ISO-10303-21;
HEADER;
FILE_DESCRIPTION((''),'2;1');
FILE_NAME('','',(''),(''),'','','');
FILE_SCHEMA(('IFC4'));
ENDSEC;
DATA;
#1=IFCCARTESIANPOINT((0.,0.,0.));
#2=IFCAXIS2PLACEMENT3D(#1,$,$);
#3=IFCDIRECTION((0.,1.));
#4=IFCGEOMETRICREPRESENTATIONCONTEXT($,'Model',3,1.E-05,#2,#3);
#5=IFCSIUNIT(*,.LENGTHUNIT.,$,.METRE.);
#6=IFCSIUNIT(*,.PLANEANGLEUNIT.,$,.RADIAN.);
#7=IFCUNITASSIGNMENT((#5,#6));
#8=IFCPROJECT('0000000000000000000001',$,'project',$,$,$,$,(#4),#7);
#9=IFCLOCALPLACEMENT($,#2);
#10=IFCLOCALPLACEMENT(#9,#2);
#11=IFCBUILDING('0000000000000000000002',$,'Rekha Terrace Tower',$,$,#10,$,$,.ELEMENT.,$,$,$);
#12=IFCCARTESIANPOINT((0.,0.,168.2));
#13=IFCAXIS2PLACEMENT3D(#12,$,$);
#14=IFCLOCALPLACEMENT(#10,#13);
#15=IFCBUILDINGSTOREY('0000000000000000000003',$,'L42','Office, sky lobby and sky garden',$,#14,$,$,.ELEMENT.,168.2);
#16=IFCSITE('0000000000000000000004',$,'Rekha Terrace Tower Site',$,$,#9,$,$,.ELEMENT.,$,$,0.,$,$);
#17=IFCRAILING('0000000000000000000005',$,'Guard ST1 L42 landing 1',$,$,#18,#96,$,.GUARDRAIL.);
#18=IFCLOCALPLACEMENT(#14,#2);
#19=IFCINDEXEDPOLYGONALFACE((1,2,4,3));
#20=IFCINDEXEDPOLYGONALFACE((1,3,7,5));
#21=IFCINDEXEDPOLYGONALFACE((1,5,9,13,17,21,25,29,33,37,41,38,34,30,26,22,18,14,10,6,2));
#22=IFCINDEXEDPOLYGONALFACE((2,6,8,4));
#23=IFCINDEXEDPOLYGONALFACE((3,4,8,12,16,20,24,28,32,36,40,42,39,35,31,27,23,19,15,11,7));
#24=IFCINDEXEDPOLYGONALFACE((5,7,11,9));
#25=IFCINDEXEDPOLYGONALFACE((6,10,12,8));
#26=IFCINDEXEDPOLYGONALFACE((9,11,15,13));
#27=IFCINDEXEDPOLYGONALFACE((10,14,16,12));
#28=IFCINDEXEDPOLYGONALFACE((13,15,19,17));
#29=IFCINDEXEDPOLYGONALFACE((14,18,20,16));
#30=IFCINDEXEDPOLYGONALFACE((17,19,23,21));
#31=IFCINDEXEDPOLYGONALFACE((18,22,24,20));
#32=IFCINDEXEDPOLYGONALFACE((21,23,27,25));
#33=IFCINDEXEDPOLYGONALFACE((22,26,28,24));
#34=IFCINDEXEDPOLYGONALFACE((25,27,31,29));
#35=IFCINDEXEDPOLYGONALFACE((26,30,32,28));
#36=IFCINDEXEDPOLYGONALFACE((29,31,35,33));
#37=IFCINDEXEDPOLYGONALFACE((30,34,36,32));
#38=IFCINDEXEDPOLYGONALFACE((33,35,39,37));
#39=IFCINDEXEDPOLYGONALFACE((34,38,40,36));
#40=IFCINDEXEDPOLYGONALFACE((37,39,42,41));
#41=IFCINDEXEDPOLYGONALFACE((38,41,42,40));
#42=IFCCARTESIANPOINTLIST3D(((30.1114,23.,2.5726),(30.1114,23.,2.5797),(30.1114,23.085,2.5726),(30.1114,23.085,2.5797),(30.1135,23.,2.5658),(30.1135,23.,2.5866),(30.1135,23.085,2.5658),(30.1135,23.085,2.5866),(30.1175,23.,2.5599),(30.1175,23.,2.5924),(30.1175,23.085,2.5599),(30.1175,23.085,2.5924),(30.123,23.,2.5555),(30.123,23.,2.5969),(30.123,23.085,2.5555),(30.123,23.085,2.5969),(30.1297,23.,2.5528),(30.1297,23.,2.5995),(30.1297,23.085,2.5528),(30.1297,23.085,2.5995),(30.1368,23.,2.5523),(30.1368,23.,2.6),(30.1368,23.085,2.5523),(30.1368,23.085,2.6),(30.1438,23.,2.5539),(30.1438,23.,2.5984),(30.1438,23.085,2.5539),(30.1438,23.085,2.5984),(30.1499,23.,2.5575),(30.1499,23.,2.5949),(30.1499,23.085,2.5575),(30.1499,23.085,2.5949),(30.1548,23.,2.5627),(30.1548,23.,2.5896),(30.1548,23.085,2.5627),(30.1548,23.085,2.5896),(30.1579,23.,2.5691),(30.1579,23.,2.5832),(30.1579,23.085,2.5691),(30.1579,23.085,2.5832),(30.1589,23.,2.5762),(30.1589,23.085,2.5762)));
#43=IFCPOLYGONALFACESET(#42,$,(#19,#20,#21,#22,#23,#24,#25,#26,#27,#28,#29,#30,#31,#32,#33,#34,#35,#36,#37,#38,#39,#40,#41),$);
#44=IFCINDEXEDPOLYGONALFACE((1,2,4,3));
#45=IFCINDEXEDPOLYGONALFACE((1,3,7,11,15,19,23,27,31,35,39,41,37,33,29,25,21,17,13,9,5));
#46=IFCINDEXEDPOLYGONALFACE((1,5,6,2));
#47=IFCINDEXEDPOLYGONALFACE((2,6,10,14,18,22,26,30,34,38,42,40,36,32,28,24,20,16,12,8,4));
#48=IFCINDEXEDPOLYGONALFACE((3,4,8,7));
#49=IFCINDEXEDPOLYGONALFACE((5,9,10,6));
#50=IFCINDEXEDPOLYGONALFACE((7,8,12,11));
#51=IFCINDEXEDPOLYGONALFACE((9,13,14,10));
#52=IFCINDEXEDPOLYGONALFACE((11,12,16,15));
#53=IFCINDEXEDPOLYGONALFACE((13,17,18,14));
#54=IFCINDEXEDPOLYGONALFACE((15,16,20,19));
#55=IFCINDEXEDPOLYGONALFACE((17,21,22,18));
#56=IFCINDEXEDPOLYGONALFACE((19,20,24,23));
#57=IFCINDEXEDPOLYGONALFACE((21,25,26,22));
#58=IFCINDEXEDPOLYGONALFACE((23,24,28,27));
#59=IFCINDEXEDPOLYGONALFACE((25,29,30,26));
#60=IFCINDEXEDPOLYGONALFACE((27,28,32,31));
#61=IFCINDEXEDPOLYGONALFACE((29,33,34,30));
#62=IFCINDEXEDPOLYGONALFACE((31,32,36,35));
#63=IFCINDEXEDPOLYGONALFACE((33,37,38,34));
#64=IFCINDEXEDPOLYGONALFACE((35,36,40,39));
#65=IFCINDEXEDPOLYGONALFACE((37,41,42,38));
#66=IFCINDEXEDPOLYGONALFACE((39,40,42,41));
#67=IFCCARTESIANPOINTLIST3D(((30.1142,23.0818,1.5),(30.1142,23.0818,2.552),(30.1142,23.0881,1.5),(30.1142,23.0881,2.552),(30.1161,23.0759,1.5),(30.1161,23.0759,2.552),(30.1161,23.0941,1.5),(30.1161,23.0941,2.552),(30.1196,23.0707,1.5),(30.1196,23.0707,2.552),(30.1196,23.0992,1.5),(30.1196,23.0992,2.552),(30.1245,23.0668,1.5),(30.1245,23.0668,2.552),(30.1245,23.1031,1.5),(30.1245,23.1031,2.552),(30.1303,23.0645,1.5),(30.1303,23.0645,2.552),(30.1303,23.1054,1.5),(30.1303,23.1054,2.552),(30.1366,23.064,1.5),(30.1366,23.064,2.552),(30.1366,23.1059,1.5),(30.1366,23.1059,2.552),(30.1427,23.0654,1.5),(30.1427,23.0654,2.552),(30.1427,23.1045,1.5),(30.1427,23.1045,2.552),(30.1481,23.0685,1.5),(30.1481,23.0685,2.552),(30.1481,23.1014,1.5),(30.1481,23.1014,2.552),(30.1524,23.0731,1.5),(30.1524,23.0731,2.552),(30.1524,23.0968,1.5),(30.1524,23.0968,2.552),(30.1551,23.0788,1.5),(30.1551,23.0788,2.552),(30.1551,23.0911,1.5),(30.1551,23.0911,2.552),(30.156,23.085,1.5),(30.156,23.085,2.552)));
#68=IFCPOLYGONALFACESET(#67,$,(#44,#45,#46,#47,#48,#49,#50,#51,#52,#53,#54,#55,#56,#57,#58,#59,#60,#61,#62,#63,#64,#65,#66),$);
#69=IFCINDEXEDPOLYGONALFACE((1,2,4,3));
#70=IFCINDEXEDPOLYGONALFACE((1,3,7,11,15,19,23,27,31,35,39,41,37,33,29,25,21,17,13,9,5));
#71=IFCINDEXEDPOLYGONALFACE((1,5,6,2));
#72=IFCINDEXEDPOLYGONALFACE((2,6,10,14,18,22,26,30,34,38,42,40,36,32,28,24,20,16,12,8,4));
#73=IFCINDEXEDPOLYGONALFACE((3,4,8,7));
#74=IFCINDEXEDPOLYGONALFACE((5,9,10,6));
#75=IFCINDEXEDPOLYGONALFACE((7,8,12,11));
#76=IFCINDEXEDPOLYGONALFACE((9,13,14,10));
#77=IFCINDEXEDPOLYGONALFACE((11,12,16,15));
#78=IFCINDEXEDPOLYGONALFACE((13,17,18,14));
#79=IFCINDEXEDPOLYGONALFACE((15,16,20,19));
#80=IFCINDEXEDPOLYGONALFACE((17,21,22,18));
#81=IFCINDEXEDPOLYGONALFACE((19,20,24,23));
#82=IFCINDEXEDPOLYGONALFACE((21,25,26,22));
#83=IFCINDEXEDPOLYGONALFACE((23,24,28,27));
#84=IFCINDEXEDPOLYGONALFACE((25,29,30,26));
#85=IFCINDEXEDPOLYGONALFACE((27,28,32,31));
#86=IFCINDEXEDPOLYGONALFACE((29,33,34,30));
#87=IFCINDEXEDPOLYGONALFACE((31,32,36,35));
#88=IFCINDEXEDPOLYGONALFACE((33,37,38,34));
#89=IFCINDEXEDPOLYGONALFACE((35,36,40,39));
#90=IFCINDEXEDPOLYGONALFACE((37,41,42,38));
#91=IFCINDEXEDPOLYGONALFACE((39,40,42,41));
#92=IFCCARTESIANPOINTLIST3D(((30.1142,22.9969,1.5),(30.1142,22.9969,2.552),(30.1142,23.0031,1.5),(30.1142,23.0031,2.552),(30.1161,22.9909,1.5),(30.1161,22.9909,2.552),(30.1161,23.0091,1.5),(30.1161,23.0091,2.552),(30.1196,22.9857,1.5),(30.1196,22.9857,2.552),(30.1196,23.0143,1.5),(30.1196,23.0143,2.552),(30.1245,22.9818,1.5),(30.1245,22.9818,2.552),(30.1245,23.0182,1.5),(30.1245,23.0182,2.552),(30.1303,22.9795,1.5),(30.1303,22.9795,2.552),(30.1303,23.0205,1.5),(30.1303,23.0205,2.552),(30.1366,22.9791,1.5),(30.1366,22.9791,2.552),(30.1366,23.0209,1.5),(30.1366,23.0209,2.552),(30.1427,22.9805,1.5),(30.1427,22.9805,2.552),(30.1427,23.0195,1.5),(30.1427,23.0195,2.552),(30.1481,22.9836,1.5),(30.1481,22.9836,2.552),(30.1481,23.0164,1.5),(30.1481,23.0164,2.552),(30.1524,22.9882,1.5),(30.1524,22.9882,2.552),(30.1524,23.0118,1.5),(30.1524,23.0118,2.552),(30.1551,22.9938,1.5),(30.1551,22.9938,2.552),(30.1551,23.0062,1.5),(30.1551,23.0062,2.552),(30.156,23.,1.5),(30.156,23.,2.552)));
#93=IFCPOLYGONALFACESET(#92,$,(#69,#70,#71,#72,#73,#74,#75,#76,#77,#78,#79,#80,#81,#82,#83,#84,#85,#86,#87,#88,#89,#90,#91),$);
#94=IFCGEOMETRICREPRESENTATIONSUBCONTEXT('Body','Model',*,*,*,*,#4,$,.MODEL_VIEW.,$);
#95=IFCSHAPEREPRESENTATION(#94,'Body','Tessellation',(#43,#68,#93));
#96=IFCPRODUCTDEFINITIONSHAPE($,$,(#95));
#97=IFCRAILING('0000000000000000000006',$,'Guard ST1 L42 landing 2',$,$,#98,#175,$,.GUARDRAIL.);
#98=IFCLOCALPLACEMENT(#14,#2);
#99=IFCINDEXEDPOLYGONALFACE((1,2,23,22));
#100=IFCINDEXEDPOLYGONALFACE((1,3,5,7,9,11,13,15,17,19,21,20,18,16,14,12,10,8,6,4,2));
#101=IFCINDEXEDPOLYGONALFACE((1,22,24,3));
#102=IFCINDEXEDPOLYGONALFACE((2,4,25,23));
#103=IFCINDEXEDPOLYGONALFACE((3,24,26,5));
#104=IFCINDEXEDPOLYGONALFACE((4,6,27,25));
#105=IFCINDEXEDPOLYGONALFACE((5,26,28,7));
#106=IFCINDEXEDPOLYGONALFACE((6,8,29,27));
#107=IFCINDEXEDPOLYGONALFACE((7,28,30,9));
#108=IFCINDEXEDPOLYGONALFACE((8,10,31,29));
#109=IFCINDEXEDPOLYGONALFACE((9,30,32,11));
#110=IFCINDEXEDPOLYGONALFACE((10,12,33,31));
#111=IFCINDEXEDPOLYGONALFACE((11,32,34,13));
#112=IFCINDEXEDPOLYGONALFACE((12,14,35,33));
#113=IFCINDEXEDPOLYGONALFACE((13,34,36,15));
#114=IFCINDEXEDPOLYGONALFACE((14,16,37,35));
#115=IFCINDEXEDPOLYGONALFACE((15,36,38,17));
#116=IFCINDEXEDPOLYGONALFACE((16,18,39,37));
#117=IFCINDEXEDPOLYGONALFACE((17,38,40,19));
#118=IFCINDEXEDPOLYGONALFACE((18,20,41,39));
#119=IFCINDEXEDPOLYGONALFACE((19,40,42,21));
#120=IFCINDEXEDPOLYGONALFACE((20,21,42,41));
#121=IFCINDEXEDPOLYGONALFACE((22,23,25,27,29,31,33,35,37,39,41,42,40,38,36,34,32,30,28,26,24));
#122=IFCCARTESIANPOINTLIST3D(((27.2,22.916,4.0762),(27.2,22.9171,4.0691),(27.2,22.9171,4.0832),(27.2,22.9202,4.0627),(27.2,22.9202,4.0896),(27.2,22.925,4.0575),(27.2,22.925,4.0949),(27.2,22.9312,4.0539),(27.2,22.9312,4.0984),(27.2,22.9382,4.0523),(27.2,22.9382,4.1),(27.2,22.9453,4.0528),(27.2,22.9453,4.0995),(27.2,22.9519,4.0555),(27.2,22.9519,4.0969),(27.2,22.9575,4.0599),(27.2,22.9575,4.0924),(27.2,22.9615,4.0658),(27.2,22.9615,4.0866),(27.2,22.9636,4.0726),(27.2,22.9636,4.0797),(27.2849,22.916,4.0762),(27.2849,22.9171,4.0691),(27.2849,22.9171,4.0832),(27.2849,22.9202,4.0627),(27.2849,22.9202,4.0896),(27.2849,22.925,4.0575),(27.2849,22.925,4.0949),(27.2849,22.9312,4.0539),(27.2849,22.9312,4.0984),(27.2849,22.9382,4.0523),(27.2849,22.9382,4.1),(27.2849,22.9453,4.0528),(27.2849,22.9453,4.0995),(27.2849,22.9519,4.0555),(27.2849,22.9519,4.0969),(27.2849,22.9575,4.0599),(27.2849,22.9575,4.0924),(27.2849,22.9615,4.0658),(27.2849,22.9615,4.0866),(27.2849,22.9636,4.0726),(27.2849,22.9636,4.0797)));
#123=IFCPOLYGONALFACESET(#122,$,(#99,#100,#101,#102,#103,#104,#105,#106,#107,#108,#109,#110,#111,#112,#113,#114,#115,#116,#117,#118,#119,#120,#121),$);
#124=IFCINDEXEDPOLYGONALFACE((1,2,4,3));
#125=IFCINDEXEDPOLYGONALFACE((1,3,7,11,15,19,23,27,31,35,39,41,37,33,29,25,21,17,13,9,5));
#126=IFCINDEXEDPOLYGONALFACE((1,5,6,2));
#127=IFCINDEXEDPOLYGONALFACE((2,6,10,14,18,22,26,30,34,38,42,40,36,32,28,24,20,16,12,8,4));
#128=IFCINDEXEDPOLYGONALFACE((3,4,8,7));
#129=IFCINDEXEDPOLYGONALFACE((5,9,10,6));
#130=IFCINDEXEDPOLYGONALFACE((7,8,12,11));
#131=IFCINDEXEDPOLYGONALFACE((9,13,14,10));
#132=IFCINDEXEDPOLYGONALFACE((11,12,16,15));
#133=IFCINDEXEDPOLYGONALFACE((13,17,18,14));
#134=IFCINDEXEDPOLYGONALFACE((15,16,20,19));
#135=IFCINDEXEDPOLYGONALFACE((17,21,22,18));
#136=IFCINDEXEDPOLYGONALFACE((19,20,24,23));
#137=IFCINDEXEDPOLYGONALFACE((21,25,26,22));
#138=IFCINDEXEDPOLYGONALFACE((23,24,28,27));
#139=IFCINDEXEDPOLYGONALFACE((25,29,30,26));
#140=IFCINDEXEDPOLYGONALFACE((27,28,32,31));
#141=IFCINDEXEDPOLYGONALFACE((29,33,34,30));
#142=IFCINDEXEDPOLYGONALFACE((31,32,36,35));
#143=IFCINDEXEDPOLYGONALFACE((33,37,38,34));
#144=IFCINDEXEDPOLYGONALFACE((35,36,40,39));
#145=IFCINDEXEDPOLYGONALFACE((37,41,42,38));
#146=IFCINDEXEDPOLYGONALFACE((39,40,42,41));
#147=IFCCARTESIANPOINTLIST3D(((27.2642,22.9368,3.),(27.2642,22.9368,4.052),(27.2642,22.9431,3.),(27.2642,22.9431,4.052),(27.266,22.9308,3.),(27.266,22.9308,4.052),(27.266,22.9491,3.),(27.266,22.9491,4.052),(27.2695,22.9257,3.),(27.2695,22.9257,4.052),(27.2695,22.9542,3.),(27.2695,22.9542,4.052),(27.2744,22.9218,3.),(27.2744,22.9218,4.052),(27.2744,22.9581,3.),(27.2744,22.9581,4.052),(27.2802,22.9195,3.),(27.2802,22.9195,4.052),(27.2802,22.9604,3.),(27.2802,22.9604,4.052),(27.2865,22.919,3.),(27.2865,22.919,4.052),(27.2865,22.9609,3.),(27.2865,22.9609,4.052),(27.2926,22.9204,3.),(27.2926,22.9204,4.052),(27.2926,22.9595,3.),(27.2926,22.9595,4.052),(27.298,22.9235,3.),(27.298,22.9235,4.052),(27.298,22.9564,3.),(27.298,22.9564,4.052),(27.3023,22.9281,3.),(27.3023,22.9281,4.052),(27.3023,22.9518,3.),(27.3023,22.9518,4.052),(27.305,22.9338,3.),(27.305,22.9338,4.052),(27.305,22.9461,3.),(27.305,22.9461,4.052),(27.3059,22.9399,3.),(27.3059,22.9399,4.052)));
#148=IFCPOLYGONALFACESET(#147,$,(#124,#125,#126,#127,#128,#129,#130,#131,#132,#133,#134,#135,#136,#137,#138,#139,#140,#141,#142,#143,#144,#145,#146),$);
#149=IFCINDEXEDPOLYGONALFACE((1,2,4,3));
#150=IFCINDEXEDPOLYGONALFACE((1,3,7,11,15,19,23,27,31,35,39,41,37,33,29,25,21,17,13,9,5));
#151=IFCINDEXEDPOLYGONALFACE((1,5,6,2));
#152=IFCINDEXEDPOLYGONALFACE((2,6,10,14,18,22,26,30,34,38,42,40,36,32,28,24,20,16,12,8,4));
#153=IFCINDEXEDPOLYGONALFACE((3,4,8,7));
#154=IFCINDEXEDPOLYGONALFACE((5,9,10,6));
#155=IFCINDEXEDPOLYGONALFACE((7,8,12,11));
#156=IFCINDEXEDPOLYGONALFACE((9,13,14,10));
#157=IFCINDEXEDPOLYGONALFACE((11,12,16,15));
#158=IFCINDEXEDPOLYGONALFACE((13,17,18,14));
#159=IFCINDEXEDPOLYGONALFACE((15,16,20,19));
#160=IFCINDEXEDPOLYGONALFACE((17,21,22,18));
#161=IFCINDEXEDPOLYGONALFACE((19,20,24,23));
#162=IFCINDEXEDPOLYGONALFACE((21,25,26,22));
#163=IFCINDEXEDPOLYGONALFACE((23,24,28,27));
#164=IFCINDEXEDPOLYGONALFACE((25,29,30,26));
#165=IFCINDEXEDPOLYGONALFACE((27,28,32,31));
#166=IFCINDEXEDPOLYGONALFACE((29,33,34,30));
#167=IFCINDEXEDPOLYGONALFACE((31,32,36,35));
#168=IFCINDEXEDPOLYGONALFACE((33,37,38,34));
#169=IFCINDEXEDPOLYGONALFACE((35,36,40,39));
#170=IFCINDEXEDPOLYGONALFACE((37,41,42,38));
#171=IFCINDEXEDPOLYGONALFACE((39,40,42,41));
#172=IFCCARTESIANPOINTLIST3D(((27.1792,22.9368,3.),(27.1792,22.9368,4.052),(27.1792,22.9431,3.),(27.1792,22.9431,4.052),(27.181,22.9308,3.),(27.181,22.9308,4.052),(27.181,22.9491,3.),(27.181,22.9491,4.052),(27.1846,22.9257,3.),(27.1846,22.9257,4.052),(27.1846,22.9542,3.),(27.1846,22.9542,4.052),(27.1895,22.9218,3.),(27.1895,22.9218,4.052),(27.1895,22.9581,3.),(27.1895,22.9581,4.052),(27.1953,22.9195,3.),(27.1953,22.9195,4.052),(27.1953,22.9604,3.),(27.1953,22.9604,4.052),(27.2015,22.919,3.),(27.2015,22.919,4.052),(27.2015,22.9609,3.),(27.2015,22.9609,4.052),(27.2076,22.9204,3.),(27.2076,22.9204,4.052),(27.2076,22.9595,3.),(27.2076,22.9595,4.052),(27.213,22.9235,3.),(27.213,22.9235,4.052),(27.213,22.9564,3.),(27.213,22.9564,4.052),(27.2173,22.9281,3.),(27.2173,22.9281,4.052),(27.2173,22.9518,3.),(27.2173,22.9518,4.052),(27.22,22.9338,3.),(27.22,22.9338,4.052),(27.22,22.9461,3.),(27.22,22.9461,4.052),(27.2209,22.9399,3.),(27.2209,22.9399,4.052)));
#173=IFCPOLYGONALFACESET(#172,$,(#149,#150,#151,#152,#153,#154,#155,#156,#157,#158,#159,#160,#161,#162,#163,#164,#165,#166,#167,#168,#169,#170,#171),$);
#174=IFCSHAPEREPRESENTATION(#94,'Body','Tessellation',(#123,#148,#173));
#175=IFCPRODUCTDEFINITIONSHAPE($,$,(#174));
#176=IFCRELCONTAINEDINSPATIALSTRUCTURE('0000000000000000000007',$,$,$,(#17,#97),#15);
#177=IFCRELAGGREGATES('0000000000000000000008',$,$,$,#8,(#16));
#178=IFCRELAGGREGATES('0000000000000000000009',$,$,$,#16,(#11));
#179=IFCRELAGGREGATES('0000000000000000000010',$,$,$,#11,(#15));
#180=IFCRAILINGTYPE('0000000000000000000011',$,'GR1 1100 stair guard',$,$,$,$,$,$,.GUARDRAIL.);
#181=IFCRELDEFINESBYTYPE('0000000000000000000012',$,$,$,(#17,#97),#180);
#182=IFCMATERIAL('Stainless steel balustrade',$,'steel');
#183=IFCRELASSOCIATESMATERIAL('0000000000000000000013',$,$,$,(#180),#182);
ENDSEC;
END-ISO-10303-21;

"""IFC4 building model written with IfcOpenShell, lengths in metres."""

from ifc_helpers import new_model, si_unit, direction, frame, origin, origin_2d, place, context, subcontext, project, spatial, circle, extrude, material, type_object, element, save


model = new_model("IFC4")

# Units and contexts
model_context = context("Model", 3, precision=1e-05, world=origin(), true_north=direction((0.0, 1.0)))
body_context = subcontext(model_context, "Body", "Model", "MODEL_VIEW")
ifc_project = project(units=[si_unit("LENGTHUNIT", "METRE"), si_unit("PLANEANGLEUNIT", "RADIAN")], contexts=[model_context])

# Site, building, storey
site_placement = place(None, origin())
site = spatial("IfcSite", under=ifc_project, at=site_placement, Name="Rekha Terrace Tower Site", CompositionType="ELEMENT", RefElevation=0.0)
building_placement = place(site_placement, origin())
building = spatial("IfcBuilding", under=site, at=building_placement, Name="Rekha Terrace Tower", CompositionType="ELEMENT")
storey_placement = place(building_placement, frame((0.0, 0.0, 168.2)))
storey = spatial("IfcBuildingStorey", under=building, at=storey_placement, Name="L42", Description="Office, sky lobby and sky garden", CompositionType="ELEMENT", Elevation=168.2)

# Railings
ifc_material_1 = material(Name="Stainless steel balustrade", Category="steel")
railing_type_1 = type_object("IfcRailingType", Name="GR1 1100 stair guard", PredefinedType="GUARDRAIL", material=ifc_material_1)
railing_1_placement = place(storey_placement, frame((30.135, 23.085, 1.5)))
element("IfcRailing", 1, at=railing_1_placement, inside=storey, type_object=railing_type_1, Name="Guard ST1 L42 landing 1", PredefinedType="GUARDRAIL", context=body_context, shape_type="SweptSolid", body=[
    extrude(circle(Radius=0.0239, at=origin_2d()), frame((0.0, 0.0, 1.0762), z_axis=(0.0, -1.0, 0.0), x_axis=(1.0, 0.0, 0.0)), (0.0, 0.0, 1.0), 0.085),
    extrude(circle(Radius=0.021, at=origin_2d()), origin(), (0.0, 0.0, 1.0), 1.052),
    extrude(circle(Radius=0.021, at=origin_2d()), frame((0.0, -0.085, 0.0)), (0.0, 0.0, 1.0), 1.052),
])
railing_2_placement = place(storey_placement, frame((27.2849, 22.9399, 3.0)))
element("IfcRailing", 2, at=railing_2_placement, inside=storey, type_object=railing_type_1, Name="Guard ST1 L42 landing 2", PredefinedType="GUARDRAIL", context=body_context, shape_type="SweptSolid", body=[
    extrude(circle(Radius=0.0239, at=origin_2d()), frame((0.0, 0.0, 1.0762), z_axis=(-1.0, 0.0, 0.0), x_axis=(0.0, -1.0, 0.0)), (0.0, 0.0, 1.0), 0.085),
    extrude(circle(Radius=0.021, at=origin_2d()), origin(), (0.0, 0.0, 1.0), 1.052),
    extrude(circle(Radius=0.021, at=origin_2d()), frame((-0.085, 0.0, 0.0)), (0.0, 0.0, 1.0), 1.052),
])

save(model, "model.ifc")
